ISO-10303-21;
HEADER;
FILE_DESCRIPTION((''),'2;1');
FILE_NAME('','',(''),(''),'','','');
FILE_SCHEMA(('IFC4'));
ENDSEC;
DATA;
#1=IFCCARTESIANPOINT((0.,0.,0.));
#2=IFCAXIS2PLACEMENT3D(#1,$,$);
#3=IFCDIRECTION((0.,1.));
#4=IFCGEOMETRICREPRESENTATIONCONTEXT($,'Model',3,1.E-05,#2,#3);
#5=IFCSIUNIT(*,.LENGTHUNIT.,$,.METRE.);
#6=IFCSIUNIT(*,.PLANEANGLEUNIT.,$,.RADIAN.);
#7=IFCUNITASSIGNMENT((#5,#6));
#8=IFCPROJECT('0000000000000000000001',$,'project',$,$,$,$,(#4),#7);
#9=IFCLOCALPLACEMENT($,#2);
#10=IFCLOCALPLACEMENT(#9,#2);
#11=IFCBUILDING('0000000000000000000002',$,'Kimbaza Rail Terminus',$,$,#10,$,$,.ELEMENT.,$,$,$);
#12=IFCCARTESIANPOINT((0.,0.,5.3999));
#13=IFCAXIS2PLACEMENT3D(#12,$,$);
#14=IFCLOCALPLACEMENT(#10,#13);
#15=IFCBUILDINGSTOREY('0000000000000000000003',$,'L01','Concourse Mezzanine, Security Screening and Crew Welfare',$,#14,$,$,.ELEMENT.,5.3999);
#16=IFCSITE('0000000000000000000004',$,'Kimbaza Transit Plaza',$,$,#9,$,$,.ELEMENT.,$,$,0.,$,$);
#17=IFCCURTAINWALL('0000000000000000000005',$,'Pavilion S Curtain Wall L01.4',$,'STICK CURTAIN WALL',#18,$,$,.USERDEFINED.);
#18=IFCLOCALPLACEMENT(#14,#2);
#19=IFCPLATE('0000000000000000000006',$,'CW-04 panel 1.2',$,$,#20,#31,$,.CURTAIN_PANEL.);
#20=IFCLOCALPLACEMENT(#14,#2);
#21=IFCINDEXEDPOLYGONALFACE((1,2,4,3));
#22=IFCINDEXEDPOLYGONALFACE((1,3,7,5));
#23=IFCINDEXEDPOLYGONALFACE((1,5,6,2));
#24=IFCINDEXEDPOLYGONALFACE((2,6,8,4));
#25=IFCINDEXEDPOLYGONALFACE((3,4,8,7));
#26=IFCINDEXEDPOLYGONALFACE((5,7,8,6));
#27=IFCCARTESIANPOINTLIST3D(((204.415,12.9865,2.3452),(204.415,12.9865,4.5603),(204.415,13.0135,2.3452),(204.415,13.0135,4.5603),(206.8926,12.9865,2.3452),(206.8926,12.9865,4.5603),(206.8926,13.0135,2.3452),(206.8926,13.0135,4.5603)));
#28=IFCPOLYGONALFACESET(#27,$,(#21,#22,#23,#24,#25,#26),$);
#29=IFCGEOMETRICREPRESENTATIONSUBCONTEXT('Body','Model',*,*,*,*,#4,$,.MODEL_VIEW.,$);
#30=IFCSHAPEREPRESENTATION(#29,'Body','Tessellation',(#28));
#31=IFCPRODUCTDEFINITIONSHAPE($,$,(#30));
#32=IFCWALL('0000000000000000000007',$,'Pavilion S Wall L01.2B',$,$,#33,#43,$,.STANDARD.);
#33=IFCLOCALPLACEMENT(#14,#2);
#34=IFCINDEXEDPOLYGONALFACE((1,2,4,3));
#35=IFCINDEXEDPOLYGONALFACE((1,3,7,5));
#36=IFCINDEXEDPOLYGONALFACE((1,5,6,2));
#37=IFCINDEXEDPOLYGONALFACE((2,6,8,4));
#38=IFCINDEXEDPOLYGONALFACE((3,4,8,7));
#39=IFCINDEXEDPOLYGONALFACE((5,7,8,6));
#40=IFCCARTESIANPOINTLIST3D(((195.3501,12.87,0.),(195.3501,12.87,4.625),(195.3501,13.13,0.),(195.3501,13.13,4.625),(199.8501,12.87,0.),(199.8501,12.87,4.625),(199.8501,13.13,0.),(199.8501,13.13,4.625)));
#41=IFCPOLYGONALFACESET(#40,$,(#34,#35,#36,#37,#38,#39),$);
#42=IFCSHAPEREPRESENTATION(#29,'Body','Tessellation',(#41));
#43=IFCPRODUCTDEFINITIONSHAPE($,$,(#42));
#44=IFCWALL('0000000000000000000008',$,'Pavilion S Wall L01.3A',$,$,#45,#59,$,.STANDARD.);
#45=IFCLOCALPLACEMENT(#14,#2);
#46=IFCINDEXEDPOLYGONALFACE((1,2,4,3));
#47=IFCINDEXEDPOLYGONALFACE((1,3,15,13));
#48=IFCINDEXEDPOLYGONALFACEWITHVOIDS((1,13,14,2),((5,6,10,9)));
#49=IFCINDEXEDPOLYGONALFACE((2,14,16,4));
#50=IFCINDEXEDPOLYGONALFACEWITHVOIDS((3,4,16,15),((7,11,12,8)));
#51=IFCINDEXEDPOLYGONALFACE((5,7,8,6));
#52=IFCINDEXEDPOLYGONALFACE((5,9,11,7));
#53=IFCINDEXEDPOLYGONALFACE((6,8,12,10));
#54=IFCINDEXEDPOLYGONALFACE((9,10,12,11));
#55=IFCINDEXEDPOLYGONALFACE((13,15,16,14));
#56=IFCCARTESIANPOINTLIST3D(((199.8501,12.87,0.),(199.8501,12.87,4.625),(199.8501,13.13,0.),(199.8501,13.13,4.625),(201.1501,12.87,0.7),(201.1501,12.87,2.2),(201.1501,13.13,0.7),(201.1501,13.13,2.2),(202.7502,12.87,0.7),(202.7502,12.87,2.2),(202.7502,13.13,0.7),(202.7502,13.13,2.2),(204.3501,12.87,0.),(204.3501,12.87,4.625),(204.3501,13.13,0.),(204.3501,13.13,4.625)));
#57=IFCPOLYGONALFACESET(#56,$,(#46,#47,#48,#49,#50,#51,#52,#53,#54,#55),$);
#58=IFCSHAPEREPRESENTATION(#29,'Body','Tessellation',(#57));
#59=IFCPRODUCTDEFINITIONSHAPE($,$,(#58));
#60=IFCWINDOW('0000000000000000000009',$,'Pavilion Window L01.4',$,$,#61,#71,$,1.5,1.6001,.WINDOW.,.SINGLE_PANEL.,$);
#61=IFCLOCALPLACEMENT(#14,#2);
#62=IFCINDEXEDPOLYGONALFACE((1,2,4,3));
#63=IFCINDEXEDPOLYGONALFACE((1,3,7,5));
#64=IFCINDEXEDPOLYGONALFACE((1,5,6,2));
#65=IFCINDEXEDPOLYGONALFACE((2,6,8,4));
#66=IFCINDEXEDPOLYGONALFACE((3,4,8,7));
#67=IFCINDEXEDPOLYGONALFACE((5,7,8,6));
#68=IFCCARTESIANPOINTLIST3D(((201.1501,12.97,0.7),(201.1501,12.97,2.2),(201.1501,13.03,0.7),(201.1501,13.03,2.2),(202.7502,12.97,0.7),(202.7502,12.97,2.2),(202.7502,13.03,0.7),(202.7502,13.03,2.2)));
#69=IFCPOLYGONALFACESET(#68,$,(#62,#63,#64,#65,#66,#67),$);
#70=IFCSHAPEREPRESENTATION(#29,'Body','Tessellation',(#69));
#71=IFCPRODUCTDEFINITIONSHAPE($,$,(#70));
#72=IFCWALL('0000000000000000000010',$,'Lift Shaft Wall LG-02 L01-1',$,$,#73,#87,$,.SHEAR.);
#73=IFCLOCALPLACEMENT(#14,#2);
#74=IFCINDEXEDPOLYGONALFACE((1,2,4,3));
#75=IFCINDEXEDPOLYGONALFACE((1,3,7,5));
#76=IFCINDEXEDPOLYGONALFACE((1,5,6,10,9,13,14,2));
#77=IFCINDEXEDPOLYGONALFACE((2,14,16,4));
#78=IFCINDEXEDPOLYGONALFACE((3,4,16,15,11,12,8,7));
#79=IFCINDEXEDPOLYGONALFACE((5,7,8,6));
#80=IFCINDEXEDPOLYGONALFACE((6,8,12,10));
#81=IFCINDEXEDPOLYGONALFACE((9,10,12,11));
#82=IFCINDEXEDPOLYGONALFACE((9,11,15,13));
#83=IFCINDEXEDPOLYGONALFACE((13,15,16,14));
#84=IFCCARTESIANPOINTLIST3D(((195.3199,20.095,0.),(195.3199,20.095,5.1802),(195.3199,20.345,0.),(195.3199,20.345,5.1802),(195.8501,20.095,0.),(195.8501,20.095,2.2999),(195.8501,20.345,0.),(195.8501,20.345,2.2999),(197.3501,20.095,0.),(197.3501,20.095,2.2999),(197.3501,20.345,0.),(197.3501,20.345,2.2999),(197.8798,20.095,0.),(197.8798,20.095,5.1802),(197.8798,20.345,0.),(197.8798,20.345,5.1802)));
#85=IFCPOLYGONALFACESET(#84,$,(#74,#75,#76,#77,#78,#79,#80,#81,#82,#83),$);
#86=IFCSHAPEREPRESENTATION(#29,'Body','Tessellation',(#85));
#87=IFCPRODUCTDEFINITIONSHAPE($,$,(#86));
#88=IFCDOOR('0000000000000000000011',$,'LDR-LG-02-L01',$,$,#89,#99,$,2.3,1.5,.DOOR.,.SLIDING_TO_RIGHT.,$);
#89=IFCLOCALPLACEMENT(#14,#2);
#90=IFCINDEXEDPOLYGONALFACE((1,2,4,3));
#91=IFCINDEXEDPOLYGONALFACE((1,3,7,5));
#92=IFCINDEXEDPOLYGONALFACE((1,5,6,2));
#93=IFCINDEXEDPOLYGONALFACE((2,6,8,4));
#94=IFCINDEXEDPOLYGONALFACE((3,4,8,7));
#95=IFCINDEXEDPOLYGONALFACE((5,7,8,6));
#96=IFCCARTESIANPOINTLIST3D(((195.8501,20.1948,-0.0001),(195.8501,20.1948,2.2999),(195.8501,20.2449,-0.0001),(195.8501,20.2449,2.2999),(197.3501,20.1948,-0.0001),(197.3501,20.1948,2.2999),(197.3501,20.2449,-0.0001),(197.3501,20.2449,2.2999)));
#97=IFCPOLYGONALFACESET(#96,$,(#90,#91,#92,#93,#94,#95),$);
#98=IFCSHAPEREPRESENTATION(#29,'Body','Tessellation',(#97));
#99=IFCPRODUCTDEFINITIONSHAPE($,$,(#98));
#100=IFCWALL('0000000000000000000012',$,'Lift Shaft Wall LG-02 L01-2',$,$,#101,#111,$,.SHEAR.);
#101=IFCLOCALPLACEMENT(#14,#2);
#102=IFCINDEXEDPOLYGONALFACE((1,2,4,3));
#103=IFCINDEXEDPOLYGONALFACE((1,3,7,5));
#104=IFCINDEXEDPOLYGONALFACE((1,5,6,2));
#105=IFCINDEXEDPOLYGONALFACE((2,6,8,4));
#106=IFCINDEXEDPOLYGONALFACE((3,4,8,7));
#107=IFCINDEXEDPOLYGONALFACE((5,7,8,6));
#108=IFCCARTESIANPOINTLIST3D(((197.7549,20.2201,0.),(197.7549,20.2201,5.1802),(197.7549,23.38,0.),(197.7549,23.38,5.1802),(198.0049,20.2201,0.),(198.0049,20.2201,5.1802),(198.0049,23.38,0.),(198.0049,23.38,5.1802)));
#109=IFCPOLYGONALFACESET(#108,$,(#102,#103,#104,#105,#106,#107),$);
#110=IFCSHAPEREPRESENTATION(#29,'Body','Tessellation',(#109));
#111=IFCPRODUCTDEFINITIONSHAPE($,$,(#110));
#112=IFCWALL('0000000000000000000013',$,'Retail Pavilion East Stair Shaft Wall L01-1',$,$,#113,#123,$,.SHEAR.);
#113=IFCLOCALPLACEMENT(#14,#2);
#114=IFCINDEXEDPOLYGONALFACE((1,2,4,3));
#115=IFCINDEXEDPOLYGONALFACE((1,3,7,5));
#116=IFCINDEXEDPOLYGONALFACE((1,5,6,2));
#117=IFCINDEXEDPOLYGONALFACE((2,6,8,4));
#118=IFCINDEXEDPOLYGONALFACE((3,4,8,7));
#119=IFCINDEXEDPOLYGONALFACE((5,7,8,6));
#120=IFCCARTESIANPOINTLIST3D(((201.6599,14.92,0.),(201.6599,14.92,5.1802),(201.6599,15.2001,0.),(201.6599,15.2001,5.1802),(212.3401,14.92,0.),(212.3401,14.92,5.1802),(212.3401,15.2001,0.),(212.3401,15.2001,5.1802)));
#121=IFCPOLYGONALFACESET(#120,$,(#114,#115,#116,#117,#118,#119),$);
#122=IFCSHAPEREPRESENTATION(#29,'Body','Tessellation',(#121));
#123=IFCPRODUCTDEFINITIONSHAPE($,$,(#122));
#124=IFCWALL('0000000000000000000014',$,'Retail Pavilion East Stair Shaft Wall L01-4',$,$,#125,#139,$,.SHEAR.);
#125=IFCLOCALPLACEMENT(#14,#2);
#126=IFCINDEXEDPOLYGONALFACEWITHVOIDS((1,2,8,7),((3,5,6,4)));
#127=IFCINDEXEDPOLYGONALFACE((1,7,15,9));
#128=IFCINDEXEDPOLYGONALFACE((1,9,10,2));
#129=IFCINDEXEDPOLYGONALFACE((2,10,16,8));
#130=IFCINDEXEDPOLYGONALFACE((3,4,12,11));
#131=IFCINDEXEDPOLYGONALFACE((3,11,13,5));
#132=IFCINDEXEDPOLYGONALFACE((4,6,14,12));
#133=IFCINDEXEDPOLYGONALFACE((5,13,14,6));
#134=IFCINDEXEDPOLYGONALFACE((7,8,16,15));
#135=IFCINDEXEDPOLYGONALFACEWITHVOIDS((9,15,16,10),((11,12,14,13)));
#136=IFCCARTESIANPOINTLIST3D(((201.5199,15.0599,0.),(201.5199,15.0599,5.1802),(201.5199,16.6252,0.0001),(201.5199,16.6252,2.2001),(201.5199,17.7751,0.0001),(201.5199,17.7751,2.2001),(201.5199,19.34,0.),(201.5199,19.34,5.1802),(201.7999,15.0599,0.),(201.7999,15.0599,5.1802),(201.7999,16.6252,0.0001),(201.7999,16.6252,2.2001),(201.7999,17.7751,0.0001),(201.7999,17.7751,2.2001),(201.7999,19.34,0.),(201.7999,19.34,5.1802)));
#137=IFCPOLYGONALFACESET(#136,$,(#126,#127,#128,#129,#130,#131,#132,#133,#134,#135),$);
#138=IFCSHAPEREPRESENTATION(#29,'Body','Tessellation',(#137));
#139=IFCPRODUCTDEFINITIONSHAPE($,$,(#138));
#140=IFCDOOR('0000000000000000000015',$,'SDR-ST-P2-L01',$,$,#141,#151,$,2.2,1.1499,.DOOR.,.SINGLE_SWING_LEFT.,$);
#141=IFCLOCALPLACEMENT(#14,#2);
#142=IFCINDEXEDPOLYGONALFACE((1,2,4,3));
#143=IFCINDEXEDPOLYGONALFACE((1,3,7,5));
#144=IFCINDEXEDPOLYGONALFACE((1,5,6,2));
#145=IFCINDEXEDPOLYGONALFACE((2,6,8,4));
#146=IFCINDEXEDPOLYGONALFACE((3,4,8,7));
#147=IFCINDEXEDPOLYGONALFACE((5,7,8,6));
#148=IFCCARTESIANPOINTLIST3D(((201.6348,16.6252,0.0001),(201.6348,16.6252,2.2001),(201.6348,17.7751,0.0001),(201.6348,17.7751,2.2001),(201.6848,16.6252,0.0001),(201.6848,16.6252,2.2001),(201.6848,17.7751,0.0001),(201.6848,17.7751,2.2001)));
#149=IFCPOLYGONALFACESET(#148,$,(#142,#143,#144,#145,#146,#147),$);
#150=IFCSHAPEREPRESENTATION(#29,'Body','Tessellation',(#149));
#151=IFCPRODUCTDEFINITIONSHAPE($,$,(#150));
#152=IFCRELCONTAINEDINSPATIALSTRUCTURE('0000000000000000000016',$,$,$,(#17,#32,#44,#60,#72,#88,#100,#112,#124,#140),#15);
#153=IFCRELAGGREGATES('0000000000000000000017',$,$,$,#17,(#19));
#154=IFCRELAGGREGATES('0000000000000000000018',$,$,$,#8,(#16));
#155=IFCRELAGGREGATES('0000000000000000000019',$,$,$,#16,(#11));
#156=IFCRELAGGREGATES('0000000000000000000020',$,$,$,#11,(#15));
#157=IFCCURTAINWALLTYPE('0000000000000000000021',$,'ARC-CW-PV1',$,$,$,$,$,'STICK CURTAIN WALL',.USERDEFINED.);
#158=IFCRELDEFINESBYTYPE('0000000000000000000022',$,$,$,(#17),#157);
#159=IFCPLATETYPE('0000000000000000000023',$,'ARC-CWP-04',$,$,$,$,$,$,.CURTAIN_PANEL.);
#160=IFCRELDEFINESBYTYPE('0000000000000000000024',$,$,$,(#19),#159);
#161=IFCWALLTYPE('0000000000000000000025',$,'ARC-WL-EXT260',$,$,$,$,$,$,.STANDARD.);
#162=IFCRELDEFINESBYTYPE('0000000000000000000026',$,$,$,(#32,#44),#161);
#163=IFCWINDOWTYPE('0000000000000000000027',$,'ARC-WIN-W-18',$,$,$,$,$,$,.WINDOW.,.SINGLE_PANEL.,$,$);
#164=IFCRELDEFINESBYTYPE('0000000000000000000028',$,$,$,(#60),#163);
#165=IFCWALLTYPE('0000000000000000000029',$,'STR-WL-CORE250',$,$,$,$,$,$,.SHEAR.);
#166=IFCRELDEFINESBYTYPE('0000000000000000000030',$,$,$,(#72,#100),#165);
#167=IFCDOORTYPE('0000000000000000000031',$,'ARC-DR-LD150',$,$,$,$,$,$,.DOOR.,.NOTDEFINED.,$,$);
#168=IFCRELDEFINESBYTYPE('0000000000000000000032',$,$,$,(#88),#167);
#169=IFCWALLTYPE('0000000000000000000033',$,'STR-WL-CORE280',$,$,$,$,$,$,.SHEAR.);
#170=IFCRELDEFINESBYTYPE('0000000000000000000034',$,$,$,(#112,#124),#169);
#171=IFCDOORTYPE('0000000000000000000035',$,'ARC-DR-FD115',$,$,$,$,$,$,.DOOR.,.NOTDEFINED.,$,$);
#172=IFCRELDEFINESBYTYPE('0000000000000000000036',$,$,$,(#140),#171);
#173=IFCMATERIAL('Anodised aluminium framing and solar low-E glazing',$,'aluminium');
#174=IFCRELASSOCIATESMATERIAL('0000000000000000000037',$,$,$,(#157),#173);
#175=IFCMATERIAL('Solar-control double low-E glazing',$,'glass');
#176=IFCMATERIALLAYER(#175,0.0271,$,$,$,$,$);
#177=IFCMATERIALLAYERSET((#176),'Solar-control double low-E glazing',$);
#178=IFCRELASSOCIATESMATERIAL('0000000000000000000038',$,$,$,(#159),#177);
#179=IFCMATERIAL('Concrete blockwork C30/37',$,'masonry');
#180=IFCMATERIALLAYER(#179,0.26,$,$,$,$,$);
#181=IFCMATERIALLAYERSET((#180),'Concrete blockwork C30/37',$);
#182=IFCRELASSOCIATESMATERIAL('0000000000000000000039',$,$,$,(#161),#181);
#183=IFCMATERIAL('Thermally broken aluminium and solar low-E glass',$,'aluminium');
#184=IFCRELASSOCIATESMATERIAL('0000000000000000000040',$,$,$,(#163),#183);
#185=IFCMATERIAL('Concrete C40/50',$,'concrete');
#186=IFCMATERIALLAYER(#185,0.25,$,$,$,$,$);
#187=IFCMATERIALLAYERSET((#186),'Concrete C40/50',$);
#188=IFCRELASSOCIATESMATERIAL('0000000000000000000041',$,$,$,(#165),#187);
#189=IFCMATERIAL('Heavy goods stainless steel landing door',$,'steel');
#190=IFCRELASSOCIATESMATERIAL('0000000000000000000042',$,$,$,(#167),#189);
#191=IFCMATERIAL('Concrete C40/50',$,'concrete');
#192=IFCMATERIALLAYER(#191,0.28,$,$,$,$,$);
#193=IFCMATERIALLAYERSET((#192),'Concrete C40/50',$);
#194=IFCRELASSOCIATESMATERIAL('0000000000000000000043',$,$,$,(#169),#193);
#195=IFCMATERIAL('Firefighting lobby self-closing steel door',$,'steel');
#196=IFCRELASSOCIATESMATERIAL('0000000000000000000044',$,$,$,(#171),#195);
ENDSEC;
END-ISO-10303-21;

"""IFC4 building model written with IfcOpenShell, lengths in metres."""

from ifc_helpers import new_model, si_unit, direction, frame, frame_2d, origin, origin_2d, place, context, subcontext, project, spatial, rectangle, extrude, material, layer, layer_set, type_object, element, fill, aggregate, save


model = new_model("IFC4")

# Units and contexts
model_context = context("Model", 3, precision=1e-05, world=origin(), true_north=direction((0.0, 1.0)))
body_context = subcontext(model_context, "Body", "Model", "MODEL_VIEW")
ifc_project = project(units=[si_unit("LENGTHUNIT", "METRE"), si_unit("PLANEANGLEUNIT", "RADIAN")], contexts=[model_context])

# Site, building, storey
site_placement = place(None, origin())
site = spatial("IfcSite", under=ifc_project, at=site_placement, Name="Kimbaza Transit Plaza", CompositionType="ELEMENT", RefElevation=0.0)
building_placement = place(site_placement, origin())
building = spatial("IfcBuilding", under=site, at=building_placement, Name="Kimbaza Rail Terminus", CompositionType="ELEMENT")
storey_placement = place(building_placement, frame((0.0, 0.0, 5.3999)))
storey = spatial("IfcBuildingStorey", under=building, at=storey_placement, Name="L01", Description="Concourse Mezzanine, Security Screening and Crew Welfare", CompositionType="ELEMENT", Elevation=5.3999)

# Shared definitions
ifc_material_1 = material(Name="Anodised aluminium framing and solar low-E glazing", Category="aluminium")
curtain_wall_type = type_object("IfcCurtainWallType", Name="ARC-CW-PV1", ElementType="STICK CURTAIN WALL", PredefinedType="USERDEFINED", material=ifc_material_1)

# Curtain wall
curtain_wall_1_placement = place(storey_placement, origin())
curtain_wall_1 = element("IfcCurtainWall", 1, at=curtain_wall_1_placement, inside=storey, type_object=curtain_wall_type, Name="Pavilion S Curtain Wall L01.4", ObjectType="STICK CURTAIN WALL", PredefinedType="USERDEFINED")

# Plate
ifc_material_2 = material(Name="Solar-control double low-E glazing", Category="glass")
ifc_layer_1 = layer(ifc_material_2, 0.0271)
ifc_layer_set_1 = layer_set([ifc_layer_1], Name="Solar-control double low-E glazing")
plate_type = type_object("IfcPlateType", Name="ARC-CWP-04", PredefinedType="CURTAIN_PANEL", material=ifc_layer_set_1)
plate_1_placement = place(storey_placement, frame((205.6538, 13.0, 2.3452), z_axis=(0.0, 0.0, 1.0), x_axis=(1.0, 0.0, 0.0)))
plate_1 = element("IfcPlate", 2, at=plate_1_placement, type_object=plate_type, Name="CW-04 panel 1.2", PredefinedType="CURTAIN_PANEL", context=body_context, shape_type="SweptSolid", body=[
    extrude(rectangle(XDim=2.4775, YDim=0.0271, at=origin_2d()), origin(), (0.0, 0.0, 1.0), 2.2151),
])
aggregate(curtain_wall_1, [plate_1])

# Wall
ifc_material_3 = material(Name="Concrete blockwork C30/37", Category="masonry")
ifc_layer_2 = layer(ifc_material_3, 0.26)
ifc_layer_set_2 = layer_set([ifc_layer_2], Name="Concrete blockwork C30/37")
wall_type_1 = type_object("IfcWallType", Name="ARC-WL-EXT260", PredefinedType="STANDARD", material=ifc_layer_set_2)
wall_1_placement = place(storey_placement, frame((195.3501, 13.0, 0.0), z_axis=(0.0, 0.0, 1.0), x_axis=(1.0, 0.0, 0.0)))
element("IfcWall", 3, at=wall_1_placement, inside=storey, type_object=wall_type_1, Name="Pavilion S Wall L01.2B", PredefinedType="STANDARD", context=body_context, shape_type="SweptSolid", body=[
    extrude(rectangle(XDim=4.5, YDim=0.26, at=frame_2d((2.25, 0.0))), origin(), (0.0, 0.0, 1.0), 4.625),
])

# Wall, opening, window
wall_2_placement = place(storey_placement, frame((199.8501, 13.0, 0.0), z_axis=(0.0, 0.0, 1.0), x_axis=(1.0, 0.0, 0.0)))
wall_2 = element("IfcWall", 4, at=wall_2_placement, inside=storey, type_object=wall_type_1, Name="Pavilion S Wall L01.3A", PredefinedType="STANDARD", context=body_context, shape_type="SweptSolid", body=[
    extrude(rectangle(XDim=4.5, YDim=0.26, at=frame_2d((2.25, 0.0))), origin(), (0.0, 0.0, 1.0), 4.625),
])
opening_1_placement = place(wall_2_placement, frame((1.3, 0.0, 0.7)))
opening_1 = element("IfcOpeningElement", 5, at=opening_1_placement, cuts=wall_2, PredefinedType="OPENING", context=body_context, shape_type="SweptSolid", body=[
    extrude(rectangle(XDim=1.6001, YDim=1.5, at=frame_2d((0.8, 0.75))), frame((0.0, 0.1399, 0.0), z_axis=(0.0, -1.0, 0.0), x_axis=(1.0, 0.0, 0.0)), (0.0, 0.0, 1.0), 0.28),
])
ifc_material_4 = material(Name="Thermally broken aluminium and solar low-E glass", Category="aluminium")
window_type = type_object("IfcWindowType", Name="ARC-WIN-W-18", PartitioningType="SINGLE_PANEL", PredefinedType="WINDOW", material=ifc_material_4)
window_placement = place(opening_1_placement, origin())
window = element("IfcWindow", 6, at=window_placement, inside=storey, type_object=window_type, Name="Pavilion Window L01.4", OverallHeight=1.5, OverallWidth=1.6001, PartitioningType="SINGLE_PANEL", PredefinedType="WINDOW", context=body_context, shape_type="SweptSolid", body=[
    extrude(rectangle(XDim=1.6001, YDim=1.5, at=frame_2d((0.8, 0.75))), frame((0.0, 0.03, 0.0), z_axis=(0.0, -1.0, 0.0), x_axis=(1.0, 0.0, 0.0)), (0.0, 0.0, 1.0), 0.0601),
])
fill(opening_1, window)

# Wall, opening, door
ifc_material_5 = material(Name="Concrete C40/50", Category="concrete")
ifc_layer_3 = layer(ifc_material_5, 0.25)
ifc_layer_set_3 = layer_set([ifc_layer_3], Name="Concrete C40/50")
wall_type_2 = type_object("IfcWallType", Name="STR-WL-CORE250", PredefinedType="SHEAR", material=ifc_layer_set_3)
wall_3_placement = place(storey_placement, frame((195.3201, 20.22, 0.0), z_axis=(0.0, 0.0, 1.0), x_axis=(1.0, 0.0, 0.0)))
wall_3 = element("IfcWall", 7, at=wall_3_placement, inside=storey, type_object=wall_type_2, Name="Lift Shaft Wall LG-02 L01-1", PredefinedType="SHEAR", context=body_context, shape_type="SweptSolid", body=[
    extrude(rectangle(XDim=2.5598, YDim=0.25, at=frame_2d((1.2798, 0.0))), origin(), (0.0, 0.0, 1.0), 5.1802),
])
opening_2_placement = place(wall_3_placement, frame((0.53, 0.0, 0.0)))
opening_2 = element("IfcOpeningElement", 8, at=opening_2_placement, cuts=wall_3, PredefinedType="OPENING", context=body_context, shape_type="SweptSolid", body=[
    extrude(rectangle(XDim=1.5, YDim=2.3, at=frame_2d((0.75, 1.1499))), frame((0.0, 0.135, 0.0), z_axis=(0.0, -1.0, 0.0), x_axis=(1.0, 0.0, 0.0)), (0.0, 0.0, 1.0), 0.27),
])
ifc_material_6 = material(Name="Heavy goods stainless steel landing door", Category="steel")
door_type_1 = type_object("IfcDoorType", Name="ARC-DR-LD150", OperationType="NOTDEFINED", PredefinedType="DOOR", material=ifc_material_6)
door_1_placement = place(opening_2_placement, origin())
door_1 = element("IfcDoor", 9, at=door_1_placement, inside=storey, type_object=door_type_1, Name="LDR-LG-02-L01", OperationType="SLIDING_TO_RIGHT", OverallHeight=2.3, OverallWidth=1.5, PredefinedType="DOOR", context=body_context, shape_type="SweptSolid", body=[
    extrude(rectangle(XDim=1.5, YDim=2.3, at=frame_2d((0.75, 1.1499))), frame((0.0, 0.0249, 0.0), z_axis=(0.0, -1.0, 0.0), x_axis=(1.0, 0.0, 0.0)), (0.0, 0.0, 1.0), 0.05),
])
fill(opening_2, door_1)

# Walls
wall_4_placement = place(storey_placement, frame((197.8799, 20.22, 0.0), z_axis=(0.0, 0.0, 1.0), x_axis=(0.0, 1.0, 0.0)))
element("IfcWall", 10, at=wall_4_placement, inside=storey, type_object=wall_type_2, Name="Lift Shaft Wall LG-02 L01-2", PredefinedType="SHEAR", context=body_context, shape_type="SweptSolid", body=[
    extrude(rectangle(XDim=3.1599, YDim=0.25, at=frame_2d((1.5801, 0.0))), origin(), (0.0, 0.0, 1.0), 5.1802),
])
ifc_material_7 = material(Name="Concrete C40/50", Category="concrete")
ifc_layer_4 = layer(ifc_material_7, 0.28)
ifc_layer_set_4 = layer_set([ifc_layer_4], Name="Concrete C40/50")
wall_type_3 = type_object("IfcWallType", Name="STR-WL-CORE280", PredefinedType="SHEAR", material=ifc_layer_set_4)
wall_5_placement = place(storey_placement, frame((201.6599, 15.0601, 0.0), z_axis=(0.0, 0.0, 1.0), x_axis=(1.0, 0.0, 0.0)))
element("IfcWall", 11, at=wall_5_placement, inside=storey, type_object=wall_type_3, Name="Retail Pavilion East Stair Shaft Wall L01-1", PredefinedType="SHEAR", context=body_context, shape_type="SweptSolid", body=[
    extrude(rectangle(XDim=10.6802, YDim=0.28, at=frame_2d((5.3401, 0.0))), origin(), (0.0, 0.0, 1.0), 5.1802),
])

# Wall, opening, door
wall_6_placement = place(storey_placement, frame((201.6599, 19.3401, 0.0), z_axis=(0.0, 0.0, 1.0), x_axis=(0.0, -1.0, 0.0)))
wall_6 = element("IfcWall", 12, at=wall_6_placement, inside=storey, type_object=wall_type_3, Name="Retail Pavilion East Stair Shaft Wall L01-4", PredefinedType="SHEAR", context=body_context, shape_type="SweptSolid", body=[
    extrude(rectangle(XDim=4.28, YDim=0.28, at=frame_2d((2.1401, 0.0))), origin(), (0.0, 0.0, 1.0), 5.1802),
])
opening_3_placement = place(wall_6_placement, frame((1.5649, 0.0, 0.0)))
opening_3 = element("IfcOpeningElement", 13, at=opening_3_placement, cuts=wall_6, PredefinedType="OPENING", context=body_context, shape_type="SweptSolid", body=[
    extrude(rectangle(XDim=1.1499, YDim=2.2, at=frame_2d((0.575, 1.1001))), frame((0.0, 0.1499, 0.0), z_axis=(0.0, -1.0, 0.0), x_axis=(1.0, 0.0, 0.0)), (0.0, 0.0, 1.0), 0.3),
])
ifc_material_8 = material(Name="Firefighting lobby self-closing steel door", Category="steel")
door_type_2 = type_object("IfcDoorType", Name="ARC-DR-FD115", OperationType="NOTDEFINED", PredefinedType="DOOR", material=ifc_material_8)
door_2_placement = place(opening_3_placement, origin())
door_2 = element("IfcDoor", 14, at=door_2_placement, inside=storey, type_object=door_type_2, Name="SDR-ST-P2-L01", OperationType="SINGLE_SWING_LEFT", OverallHeight=2.2, OverallWidth=1.1499, PredefinedType="DOOR", context=body_context, shape_type="SweptSolid", body=[
    extrude(rectangle(XDim=1.1499, YDim=2.2, at=frame_2d((0.575, 1.1001))), frame((0.0, 0.0249, 0.0), z_axis=(0.0, -1.0, 0.0), x_axis=(1.0, 0.0, 0.0)), (0.0, 0.0, 1.0), 0.05),
])
fill(opening_3, door_2)

save(model, "model.ifc")
